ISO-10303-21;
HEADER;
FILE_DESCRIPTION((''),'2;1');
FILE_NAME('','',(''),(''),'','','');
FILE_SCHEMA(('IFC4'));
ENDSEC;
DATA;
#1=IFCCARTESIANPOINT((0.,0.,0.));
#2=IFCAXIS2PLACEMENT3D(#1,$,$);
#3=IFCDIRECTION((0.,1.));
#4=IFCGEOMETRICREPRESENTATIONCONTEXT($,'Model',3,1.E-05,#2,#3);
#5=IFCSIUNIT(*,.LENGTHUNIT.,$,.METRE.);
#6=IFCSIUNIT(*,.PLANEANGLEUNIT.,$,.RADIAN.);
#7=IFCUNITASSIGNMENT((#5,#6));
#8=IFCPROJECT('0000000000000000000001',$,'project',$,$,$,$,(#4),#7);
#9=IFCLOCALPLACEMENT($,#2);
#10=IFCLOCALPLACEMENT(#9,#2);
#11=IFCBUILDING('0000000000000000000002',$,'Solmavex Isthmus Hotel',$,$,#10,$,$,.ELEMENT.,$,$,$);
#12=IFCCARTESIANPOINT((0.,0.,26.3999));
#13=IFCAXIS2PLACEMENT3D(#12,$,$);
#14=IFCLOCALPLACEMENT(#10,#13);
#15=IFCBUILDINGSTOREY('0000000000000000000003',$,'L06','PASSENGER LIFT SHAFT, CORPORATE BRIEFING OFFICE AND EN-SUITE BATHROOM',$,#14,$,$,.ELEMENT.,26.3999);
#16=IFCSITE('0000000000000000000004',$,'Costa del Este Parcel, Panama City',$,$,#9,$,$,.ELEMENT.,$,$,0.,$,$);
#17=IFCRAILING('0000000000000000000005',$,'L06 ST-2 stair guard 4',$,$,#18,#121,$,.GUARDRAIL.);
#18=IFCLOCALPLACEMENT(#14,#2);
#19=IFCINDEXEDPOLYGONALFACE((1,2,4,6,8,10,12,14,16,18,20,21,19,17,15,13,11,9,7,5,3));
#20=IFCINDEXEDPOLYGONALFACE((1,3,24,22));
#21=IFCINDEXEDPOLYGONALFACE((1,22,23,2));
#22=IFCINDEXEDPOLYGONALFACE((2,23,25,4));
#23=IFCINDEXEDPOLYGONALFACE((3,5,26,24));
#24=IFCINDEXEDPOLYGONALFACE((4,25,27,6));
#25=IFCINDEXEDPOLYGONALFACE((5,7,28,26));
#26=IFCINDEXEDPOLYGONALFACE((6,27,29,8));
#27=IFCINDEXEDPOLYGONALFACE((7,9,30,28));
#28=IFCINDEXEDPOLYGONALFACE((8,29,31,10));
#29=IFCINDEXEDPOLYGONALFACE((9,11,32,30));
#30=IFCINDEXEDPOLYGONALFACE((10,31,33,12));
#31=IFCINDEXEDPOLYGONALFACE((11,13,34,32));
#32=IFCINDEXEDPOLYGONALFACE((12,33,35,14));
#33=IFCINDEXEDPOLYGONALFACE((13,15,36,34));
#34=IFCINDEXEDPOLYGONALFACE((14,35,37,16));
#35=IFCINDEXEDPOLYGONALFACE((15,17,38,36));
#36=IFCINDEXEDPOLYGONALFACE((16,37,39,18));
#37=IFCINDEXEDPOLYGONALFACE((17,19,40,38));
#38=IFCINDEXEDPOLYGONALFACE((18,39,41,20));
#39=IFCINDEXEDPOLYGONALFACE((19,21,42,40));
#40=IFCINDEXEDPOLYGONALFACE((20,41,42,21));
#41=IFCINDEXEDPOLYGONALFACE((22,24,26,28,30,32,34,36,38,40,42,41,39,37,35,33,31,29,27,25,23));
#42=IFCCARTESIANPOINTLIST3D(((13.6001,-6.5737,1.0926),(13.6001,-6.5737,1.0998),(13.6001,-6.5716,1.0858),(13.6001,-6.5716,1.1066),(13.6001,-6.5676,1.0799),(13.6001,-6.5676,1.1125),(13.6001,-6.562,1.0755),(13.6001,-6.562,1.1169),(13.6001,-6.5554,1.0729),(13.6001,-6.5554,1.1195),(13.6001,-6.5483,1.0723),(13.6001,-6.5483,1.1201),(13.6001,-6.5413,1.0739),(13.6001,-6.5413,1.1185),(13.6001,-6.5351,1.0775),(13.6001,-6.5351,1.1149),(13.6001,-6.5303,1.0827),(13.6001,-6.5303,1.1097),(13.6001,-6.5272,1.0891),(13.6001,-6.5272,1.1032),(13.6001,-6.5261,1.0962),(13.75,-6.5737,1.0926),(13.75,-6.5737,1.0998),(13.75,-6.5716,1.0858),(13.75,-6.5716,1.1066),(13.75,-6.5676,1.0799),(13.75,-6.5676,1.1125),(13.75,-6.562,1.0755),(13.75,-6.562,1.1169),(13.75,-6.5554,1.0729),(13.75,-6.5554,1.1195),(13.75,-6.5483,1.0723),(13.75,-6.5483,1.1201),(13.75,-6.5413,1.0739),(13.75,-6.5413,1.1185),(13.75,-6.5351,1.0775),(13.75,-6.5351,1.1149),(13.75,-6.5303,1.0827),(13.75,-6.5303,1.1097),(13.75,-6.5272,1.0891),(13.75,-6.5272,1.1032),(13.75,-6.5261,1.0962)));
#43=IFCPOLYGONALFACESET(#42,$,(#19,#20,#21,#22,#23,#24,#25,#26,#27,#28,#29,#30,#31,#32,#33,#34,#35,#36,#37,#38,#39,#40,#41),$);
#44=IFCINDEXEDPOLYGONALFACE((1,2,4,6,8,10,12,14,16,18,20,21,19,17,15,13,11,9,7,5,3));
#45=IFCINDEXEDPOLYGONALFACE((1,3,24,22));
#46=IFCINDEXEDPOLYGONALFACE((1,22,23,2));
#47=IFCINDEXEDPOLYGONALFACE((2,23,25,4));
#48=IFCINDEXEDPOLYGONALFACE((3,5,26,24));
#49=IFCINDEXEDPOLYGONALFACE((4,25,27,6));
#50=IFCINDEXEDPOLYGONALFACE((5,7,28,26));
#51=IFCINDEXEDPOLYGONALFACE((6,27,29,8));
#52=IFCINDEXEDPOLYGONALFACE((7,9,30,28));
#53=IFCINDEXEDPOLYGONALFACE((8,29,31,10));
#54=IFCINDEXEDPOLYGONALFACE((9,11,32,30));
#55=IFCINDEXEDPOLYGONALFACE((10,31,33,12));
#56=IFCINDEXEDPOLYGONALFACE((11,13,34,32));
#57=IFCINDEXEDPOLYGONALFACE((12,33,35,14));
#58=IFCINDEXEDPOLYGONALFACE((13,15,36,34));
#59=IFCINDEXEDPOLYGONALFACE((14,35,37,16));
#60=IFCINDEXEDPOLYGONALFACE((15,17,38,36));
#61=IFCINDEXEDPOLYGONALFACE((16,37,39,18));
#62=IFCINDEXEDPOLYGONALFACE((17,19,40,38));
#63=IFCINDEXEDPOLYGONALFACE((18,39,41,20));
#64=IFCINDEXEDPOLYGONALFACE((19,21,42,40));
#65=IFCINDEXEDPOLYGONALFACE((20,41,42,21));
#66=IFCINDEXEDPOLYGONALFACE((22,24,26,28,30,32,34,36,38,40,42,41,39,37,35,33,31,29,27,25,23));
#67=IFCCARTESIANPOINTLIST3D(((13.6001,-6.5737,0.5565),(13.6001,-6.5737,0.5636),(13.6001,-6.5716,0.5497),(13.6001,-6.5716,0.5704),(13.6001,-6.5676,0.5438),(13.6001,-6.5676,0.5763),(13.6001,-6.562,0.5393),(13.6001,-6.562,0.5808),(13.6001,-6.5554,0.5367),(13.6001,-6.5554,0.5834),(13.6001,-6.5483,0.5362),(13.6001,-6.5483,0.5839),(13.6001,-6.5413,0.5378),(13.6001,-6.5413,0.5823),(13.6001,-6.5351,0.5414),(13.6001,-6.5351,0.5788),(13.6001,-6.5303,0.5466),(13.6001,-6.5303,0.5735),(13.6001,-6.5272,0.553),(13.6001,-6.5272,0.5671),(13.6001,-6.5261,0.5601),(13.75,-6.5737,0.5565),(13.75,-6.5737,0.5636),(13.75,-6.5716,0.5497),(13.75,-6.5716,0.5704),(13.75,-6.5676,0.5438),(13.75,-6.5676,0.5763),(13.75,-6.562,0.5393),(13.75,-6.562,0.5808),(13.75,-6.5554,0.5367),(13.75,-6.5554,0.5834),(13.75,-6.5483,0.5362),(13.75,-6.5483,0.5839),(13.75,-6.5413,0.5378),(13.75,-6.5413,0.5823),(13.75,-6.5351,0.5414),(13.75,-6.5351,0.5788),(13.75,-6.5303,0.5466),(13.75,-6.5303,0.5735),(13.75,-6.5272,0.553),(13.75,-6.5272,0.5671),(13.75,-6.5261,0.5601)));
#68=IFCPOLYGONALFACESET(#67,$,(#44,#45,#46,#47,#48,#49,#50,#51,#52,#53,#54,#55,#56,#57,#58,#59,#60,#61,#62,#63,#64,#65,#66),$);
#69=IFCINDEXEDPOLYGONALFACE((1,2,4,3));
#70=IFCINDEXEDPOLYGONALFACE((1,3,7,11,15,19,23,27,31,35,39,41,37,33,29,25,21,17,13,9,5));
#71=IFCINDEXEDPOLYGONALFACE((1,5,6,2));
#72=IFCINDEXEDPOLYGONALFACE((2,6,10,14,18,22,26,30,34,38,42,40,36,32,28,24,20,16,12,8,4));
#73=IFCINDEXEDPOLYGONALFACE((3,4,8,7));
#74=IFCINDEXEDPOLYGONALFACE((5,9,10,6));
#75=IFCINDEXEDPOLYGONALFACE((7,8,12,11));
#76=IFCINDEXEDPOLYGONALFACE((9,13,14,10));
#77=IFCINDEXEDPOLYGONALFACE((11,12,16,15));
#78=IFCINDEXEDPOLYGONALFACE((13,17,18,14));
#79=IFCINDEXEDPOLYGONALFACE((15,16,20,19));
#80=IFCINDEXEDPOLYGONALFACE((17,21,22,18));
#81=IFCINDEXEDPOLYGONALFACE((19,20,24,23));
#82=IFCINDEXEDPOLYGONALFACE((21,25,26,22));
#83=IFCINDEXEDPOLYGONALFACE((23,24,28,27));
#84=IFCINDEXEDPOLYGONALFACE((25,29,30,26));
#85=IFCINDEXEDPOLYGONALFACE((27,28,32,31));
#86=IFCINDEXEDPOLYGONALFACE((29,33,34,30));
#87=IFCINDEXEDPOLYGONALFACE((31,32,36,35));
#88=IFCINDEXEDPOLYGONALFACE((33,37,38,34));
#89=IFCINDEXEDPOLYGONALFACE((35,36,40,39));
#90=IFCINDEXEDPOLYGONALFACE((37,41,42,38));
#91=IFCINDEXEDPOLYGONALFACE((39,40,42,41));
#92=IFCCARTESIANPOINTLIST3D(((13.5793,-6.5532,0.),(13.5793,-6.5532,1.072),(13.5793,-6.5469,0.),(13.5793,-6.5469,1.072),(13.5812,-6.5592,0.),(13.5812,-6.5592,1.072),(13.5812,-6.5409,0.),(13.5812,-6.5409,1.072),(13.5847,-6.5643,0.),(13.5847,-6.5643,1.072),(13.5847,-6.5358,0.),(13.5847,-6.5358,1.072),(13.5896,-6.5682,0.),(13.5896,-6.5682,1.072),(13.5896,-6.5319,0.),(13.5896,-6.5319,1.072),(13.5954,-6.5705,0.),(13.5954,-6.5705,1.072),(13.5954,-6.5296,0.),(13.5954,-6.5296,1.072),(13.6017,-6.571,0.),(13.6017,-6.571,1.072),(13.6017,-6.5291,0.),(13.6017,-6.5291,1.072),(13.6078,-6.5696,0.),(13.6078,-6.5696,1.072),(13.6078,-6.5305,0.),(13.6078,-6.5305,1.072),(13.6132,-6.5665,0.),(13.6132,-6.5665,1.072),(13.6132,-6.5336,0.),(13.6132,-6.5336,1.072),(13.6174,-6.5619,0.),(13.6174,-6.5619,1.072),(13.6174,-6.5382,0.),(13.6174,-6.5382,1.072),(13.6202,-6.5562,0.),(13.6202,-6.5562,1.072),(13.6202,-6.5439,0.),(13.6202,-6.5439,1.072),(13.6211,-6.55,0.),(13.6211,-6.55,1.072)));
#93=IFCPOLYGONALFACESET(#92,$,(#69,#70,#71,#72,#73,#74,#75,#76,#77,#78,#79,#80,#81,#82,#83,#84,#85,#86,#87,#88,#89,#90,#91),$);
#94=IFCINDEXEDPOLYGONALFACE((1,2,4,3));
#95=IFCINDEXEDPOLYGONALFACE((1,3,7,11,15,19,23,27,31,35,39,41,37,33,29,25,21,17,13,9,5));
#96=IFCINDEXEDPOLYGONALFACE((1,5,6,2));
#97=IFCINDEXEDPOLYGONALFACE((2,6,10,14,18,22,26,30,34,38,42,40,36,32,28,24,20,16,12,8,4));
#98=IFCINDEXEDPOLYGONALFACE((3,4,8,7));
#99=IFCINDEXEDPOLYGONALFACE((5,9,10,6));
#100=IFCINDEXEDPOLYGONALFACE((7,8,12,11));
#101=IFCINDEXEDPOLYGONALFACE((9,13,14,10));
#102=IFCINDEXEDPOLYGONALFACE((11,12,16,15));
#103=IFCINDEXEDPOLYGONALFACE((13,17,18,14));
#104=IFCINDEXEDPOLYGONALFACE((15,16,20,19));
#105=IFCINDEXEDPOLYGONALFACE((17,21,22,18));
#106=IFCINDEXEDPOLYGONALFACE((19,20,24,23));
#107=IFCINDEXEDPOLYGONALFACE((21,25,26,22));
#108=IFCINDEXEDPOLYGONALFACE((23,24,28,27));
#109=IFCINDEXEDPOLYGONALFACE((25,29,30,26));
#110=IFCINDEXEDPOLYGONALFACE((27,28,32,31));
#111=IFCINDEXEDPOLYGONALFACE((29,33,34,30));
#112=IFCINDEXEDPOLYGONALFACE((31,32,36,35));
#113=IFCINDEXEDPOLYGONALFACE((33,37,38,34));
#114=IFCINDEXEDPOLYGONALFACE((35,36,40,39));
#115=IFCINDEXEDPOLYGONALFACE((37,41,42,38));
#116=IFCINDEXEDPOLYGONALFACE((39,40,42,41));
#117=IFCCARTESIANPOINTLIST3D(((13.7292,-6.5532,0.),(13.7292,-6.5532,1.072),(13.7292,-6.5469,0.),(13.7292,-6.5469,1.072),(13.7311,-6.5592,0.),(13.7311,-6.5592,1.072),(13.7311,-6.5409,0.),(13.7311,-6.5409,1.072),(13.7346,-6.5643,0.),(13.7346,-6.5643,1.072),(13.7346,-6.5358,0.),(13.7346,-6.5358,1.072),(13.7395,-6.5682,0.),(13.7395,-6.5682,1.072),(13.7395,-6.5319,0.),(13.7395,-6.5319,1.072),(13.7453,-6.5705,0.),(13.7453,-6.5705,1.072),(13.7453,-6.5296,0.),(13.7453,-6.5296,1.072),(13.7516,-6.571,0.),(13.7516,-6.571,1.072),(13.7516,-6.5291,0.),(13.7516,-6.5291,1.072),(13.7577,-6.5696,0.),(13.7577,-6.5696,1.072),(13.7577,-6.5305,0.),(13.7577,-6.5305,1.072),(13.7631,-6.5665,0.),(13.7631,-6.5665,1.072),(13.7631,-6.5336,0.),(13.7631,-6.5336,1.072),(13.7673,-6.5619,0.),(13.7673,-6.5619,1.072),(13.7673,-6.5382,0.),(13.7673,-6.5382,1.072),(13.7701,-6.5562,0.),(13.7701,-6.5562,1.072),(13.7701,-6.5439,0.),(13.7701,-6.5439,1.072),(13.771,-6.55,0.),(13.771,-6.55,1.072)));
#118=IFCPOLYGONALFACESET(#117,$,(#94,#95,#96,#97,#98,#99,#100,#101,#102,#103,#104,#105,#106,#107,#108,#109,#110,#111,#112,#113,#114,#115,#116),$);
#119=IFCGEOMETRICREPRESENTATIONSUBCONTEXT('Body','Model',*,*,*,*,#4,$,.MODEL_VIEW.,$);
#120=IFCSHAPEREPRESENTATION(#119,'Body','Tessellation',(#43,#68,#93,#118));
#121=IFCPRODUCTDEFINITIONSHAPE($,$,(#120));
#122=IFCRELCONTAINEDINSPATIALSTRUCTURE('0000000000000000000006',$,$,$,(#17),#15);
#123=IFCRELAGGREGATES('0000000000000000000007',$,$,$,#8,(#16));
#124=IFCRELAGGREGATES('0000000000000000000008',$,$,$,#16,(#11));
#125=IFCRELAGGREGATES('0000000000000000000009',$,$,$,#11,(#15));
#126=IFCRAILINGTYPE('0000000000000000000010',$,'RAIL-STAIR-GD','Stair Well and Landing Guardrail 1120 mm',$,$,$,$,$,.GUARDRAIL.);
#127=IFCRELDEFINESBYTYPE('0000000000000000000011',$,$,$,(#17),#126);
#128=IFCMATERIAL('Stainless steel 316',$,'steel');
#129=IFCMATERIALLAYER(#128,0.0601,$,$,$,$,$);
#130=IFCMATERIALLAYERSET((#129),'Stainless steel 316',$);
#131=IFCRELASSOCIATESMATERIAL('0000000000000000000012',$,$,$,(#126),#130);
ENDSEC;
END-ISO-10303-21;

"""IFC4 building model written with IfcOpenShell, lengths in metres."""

from ifc_helpers import new_model, si_unit, direction, frame, origin, origin_2d, place, context, subcontext, project, spatial, circle, extrude, material, layer, layer_set, type_object, element, save


model = new_model("IFC4")

# Units and contexts
model_context = context("Model", 3, precision=1e-05, world=origin(), true_north=direction((0.0, 1.0)))
body_context = subcontext(model_context, "Body", "Model", "MODEL_VIEW")
ifc_project = project(units=[si_unit("LENGTHUNIT", "METRE"), si_unit("PLANEANGLEUNIT", "RADIAN")], contexts=[model_context])

# Site, building, storey
site_placement = place(None, origin())
site = spatial("IfcSite", under=ifc_project, at=site_placement, Name="Costa del Este Parcel, Panama City", CompositionType="ELEMENT", RefElevation=0.0)
building_placement = place(site_placement, origin())
building = spatial("IfcBuilding", under=site, at=building_placement, Name="Solmavex Isthmus Hotel", CompositionType="ELEMENT")
storey_placement = place(building_placement, frame((0.0, 0.0, 26.3999)))
storey = spatial("IfcBuildingStorey", under=building, at=storey_placement, Name="L06", Description="PASSENGER LIFT SHAFT, CORPORATE BRIEFING OFFICE AND EN-SUITE BATHROOM", CompositionType="ELEMENT", Elevation=26.3999)

# Railing
ifc_material_1 = material(Name="Stainless steel 316", Category="steel")
ifc_layer_1 = layer(ifc_material_1, 0.0601)
ifc_layer_set_1 = layer_set([ifc_layer_1], Name="Stainless steel 316")
railing_type_1 = type_object("IfcRailingType", Name="RAIL-STAIR-GD", Description="Stair Well and Landing Guardrail 1120 mm", PredefinedType="GUARDRAIL", material=ifc_layer_set_1)
railing_1_placement = place(storey_placement, frame((13.6001, -6.55, 0.0)))
element("IfcRailing", 1, at=railing_1_placement, inside=storey, type_object=railing_type_1, Name="L06 ST-2 stair guard 4", PredefinedType="GUARDRAIL", context=body_context, shape_type="SweptSolid", body=[
    extrude(circle(Radius=0.0239, at=origin_2d()), frame((0.0, 0.0, 1.0962), z_axis=(1.0, 0.0, 0.0), x_axis=(0.0, 1.0, 0.0)), (0.0, 0.0, 1.0), 0.1499),
    extrude(circle(Radius=0.0239, at=origin_2d()), frame((0.0, 0.0, 0.5601), z_axis=(1.0, 0.0, 0.0), x_axis=(0.0, 1.0, 0.0)), (0.0, 0.0, 1.0), 0.1499),
    extrude(circle(Radius=0.021, at=origin_2d()), origin(), (0.0, 0.0, 1.0), 1.072),
    extrude(circle(Radius=0.021, at=origin_2d()), frame((0.1499, 0.0, 0.0)), (0.0, 0.0, 1.0), 1.072),
])

save(model, "model.ifc")
